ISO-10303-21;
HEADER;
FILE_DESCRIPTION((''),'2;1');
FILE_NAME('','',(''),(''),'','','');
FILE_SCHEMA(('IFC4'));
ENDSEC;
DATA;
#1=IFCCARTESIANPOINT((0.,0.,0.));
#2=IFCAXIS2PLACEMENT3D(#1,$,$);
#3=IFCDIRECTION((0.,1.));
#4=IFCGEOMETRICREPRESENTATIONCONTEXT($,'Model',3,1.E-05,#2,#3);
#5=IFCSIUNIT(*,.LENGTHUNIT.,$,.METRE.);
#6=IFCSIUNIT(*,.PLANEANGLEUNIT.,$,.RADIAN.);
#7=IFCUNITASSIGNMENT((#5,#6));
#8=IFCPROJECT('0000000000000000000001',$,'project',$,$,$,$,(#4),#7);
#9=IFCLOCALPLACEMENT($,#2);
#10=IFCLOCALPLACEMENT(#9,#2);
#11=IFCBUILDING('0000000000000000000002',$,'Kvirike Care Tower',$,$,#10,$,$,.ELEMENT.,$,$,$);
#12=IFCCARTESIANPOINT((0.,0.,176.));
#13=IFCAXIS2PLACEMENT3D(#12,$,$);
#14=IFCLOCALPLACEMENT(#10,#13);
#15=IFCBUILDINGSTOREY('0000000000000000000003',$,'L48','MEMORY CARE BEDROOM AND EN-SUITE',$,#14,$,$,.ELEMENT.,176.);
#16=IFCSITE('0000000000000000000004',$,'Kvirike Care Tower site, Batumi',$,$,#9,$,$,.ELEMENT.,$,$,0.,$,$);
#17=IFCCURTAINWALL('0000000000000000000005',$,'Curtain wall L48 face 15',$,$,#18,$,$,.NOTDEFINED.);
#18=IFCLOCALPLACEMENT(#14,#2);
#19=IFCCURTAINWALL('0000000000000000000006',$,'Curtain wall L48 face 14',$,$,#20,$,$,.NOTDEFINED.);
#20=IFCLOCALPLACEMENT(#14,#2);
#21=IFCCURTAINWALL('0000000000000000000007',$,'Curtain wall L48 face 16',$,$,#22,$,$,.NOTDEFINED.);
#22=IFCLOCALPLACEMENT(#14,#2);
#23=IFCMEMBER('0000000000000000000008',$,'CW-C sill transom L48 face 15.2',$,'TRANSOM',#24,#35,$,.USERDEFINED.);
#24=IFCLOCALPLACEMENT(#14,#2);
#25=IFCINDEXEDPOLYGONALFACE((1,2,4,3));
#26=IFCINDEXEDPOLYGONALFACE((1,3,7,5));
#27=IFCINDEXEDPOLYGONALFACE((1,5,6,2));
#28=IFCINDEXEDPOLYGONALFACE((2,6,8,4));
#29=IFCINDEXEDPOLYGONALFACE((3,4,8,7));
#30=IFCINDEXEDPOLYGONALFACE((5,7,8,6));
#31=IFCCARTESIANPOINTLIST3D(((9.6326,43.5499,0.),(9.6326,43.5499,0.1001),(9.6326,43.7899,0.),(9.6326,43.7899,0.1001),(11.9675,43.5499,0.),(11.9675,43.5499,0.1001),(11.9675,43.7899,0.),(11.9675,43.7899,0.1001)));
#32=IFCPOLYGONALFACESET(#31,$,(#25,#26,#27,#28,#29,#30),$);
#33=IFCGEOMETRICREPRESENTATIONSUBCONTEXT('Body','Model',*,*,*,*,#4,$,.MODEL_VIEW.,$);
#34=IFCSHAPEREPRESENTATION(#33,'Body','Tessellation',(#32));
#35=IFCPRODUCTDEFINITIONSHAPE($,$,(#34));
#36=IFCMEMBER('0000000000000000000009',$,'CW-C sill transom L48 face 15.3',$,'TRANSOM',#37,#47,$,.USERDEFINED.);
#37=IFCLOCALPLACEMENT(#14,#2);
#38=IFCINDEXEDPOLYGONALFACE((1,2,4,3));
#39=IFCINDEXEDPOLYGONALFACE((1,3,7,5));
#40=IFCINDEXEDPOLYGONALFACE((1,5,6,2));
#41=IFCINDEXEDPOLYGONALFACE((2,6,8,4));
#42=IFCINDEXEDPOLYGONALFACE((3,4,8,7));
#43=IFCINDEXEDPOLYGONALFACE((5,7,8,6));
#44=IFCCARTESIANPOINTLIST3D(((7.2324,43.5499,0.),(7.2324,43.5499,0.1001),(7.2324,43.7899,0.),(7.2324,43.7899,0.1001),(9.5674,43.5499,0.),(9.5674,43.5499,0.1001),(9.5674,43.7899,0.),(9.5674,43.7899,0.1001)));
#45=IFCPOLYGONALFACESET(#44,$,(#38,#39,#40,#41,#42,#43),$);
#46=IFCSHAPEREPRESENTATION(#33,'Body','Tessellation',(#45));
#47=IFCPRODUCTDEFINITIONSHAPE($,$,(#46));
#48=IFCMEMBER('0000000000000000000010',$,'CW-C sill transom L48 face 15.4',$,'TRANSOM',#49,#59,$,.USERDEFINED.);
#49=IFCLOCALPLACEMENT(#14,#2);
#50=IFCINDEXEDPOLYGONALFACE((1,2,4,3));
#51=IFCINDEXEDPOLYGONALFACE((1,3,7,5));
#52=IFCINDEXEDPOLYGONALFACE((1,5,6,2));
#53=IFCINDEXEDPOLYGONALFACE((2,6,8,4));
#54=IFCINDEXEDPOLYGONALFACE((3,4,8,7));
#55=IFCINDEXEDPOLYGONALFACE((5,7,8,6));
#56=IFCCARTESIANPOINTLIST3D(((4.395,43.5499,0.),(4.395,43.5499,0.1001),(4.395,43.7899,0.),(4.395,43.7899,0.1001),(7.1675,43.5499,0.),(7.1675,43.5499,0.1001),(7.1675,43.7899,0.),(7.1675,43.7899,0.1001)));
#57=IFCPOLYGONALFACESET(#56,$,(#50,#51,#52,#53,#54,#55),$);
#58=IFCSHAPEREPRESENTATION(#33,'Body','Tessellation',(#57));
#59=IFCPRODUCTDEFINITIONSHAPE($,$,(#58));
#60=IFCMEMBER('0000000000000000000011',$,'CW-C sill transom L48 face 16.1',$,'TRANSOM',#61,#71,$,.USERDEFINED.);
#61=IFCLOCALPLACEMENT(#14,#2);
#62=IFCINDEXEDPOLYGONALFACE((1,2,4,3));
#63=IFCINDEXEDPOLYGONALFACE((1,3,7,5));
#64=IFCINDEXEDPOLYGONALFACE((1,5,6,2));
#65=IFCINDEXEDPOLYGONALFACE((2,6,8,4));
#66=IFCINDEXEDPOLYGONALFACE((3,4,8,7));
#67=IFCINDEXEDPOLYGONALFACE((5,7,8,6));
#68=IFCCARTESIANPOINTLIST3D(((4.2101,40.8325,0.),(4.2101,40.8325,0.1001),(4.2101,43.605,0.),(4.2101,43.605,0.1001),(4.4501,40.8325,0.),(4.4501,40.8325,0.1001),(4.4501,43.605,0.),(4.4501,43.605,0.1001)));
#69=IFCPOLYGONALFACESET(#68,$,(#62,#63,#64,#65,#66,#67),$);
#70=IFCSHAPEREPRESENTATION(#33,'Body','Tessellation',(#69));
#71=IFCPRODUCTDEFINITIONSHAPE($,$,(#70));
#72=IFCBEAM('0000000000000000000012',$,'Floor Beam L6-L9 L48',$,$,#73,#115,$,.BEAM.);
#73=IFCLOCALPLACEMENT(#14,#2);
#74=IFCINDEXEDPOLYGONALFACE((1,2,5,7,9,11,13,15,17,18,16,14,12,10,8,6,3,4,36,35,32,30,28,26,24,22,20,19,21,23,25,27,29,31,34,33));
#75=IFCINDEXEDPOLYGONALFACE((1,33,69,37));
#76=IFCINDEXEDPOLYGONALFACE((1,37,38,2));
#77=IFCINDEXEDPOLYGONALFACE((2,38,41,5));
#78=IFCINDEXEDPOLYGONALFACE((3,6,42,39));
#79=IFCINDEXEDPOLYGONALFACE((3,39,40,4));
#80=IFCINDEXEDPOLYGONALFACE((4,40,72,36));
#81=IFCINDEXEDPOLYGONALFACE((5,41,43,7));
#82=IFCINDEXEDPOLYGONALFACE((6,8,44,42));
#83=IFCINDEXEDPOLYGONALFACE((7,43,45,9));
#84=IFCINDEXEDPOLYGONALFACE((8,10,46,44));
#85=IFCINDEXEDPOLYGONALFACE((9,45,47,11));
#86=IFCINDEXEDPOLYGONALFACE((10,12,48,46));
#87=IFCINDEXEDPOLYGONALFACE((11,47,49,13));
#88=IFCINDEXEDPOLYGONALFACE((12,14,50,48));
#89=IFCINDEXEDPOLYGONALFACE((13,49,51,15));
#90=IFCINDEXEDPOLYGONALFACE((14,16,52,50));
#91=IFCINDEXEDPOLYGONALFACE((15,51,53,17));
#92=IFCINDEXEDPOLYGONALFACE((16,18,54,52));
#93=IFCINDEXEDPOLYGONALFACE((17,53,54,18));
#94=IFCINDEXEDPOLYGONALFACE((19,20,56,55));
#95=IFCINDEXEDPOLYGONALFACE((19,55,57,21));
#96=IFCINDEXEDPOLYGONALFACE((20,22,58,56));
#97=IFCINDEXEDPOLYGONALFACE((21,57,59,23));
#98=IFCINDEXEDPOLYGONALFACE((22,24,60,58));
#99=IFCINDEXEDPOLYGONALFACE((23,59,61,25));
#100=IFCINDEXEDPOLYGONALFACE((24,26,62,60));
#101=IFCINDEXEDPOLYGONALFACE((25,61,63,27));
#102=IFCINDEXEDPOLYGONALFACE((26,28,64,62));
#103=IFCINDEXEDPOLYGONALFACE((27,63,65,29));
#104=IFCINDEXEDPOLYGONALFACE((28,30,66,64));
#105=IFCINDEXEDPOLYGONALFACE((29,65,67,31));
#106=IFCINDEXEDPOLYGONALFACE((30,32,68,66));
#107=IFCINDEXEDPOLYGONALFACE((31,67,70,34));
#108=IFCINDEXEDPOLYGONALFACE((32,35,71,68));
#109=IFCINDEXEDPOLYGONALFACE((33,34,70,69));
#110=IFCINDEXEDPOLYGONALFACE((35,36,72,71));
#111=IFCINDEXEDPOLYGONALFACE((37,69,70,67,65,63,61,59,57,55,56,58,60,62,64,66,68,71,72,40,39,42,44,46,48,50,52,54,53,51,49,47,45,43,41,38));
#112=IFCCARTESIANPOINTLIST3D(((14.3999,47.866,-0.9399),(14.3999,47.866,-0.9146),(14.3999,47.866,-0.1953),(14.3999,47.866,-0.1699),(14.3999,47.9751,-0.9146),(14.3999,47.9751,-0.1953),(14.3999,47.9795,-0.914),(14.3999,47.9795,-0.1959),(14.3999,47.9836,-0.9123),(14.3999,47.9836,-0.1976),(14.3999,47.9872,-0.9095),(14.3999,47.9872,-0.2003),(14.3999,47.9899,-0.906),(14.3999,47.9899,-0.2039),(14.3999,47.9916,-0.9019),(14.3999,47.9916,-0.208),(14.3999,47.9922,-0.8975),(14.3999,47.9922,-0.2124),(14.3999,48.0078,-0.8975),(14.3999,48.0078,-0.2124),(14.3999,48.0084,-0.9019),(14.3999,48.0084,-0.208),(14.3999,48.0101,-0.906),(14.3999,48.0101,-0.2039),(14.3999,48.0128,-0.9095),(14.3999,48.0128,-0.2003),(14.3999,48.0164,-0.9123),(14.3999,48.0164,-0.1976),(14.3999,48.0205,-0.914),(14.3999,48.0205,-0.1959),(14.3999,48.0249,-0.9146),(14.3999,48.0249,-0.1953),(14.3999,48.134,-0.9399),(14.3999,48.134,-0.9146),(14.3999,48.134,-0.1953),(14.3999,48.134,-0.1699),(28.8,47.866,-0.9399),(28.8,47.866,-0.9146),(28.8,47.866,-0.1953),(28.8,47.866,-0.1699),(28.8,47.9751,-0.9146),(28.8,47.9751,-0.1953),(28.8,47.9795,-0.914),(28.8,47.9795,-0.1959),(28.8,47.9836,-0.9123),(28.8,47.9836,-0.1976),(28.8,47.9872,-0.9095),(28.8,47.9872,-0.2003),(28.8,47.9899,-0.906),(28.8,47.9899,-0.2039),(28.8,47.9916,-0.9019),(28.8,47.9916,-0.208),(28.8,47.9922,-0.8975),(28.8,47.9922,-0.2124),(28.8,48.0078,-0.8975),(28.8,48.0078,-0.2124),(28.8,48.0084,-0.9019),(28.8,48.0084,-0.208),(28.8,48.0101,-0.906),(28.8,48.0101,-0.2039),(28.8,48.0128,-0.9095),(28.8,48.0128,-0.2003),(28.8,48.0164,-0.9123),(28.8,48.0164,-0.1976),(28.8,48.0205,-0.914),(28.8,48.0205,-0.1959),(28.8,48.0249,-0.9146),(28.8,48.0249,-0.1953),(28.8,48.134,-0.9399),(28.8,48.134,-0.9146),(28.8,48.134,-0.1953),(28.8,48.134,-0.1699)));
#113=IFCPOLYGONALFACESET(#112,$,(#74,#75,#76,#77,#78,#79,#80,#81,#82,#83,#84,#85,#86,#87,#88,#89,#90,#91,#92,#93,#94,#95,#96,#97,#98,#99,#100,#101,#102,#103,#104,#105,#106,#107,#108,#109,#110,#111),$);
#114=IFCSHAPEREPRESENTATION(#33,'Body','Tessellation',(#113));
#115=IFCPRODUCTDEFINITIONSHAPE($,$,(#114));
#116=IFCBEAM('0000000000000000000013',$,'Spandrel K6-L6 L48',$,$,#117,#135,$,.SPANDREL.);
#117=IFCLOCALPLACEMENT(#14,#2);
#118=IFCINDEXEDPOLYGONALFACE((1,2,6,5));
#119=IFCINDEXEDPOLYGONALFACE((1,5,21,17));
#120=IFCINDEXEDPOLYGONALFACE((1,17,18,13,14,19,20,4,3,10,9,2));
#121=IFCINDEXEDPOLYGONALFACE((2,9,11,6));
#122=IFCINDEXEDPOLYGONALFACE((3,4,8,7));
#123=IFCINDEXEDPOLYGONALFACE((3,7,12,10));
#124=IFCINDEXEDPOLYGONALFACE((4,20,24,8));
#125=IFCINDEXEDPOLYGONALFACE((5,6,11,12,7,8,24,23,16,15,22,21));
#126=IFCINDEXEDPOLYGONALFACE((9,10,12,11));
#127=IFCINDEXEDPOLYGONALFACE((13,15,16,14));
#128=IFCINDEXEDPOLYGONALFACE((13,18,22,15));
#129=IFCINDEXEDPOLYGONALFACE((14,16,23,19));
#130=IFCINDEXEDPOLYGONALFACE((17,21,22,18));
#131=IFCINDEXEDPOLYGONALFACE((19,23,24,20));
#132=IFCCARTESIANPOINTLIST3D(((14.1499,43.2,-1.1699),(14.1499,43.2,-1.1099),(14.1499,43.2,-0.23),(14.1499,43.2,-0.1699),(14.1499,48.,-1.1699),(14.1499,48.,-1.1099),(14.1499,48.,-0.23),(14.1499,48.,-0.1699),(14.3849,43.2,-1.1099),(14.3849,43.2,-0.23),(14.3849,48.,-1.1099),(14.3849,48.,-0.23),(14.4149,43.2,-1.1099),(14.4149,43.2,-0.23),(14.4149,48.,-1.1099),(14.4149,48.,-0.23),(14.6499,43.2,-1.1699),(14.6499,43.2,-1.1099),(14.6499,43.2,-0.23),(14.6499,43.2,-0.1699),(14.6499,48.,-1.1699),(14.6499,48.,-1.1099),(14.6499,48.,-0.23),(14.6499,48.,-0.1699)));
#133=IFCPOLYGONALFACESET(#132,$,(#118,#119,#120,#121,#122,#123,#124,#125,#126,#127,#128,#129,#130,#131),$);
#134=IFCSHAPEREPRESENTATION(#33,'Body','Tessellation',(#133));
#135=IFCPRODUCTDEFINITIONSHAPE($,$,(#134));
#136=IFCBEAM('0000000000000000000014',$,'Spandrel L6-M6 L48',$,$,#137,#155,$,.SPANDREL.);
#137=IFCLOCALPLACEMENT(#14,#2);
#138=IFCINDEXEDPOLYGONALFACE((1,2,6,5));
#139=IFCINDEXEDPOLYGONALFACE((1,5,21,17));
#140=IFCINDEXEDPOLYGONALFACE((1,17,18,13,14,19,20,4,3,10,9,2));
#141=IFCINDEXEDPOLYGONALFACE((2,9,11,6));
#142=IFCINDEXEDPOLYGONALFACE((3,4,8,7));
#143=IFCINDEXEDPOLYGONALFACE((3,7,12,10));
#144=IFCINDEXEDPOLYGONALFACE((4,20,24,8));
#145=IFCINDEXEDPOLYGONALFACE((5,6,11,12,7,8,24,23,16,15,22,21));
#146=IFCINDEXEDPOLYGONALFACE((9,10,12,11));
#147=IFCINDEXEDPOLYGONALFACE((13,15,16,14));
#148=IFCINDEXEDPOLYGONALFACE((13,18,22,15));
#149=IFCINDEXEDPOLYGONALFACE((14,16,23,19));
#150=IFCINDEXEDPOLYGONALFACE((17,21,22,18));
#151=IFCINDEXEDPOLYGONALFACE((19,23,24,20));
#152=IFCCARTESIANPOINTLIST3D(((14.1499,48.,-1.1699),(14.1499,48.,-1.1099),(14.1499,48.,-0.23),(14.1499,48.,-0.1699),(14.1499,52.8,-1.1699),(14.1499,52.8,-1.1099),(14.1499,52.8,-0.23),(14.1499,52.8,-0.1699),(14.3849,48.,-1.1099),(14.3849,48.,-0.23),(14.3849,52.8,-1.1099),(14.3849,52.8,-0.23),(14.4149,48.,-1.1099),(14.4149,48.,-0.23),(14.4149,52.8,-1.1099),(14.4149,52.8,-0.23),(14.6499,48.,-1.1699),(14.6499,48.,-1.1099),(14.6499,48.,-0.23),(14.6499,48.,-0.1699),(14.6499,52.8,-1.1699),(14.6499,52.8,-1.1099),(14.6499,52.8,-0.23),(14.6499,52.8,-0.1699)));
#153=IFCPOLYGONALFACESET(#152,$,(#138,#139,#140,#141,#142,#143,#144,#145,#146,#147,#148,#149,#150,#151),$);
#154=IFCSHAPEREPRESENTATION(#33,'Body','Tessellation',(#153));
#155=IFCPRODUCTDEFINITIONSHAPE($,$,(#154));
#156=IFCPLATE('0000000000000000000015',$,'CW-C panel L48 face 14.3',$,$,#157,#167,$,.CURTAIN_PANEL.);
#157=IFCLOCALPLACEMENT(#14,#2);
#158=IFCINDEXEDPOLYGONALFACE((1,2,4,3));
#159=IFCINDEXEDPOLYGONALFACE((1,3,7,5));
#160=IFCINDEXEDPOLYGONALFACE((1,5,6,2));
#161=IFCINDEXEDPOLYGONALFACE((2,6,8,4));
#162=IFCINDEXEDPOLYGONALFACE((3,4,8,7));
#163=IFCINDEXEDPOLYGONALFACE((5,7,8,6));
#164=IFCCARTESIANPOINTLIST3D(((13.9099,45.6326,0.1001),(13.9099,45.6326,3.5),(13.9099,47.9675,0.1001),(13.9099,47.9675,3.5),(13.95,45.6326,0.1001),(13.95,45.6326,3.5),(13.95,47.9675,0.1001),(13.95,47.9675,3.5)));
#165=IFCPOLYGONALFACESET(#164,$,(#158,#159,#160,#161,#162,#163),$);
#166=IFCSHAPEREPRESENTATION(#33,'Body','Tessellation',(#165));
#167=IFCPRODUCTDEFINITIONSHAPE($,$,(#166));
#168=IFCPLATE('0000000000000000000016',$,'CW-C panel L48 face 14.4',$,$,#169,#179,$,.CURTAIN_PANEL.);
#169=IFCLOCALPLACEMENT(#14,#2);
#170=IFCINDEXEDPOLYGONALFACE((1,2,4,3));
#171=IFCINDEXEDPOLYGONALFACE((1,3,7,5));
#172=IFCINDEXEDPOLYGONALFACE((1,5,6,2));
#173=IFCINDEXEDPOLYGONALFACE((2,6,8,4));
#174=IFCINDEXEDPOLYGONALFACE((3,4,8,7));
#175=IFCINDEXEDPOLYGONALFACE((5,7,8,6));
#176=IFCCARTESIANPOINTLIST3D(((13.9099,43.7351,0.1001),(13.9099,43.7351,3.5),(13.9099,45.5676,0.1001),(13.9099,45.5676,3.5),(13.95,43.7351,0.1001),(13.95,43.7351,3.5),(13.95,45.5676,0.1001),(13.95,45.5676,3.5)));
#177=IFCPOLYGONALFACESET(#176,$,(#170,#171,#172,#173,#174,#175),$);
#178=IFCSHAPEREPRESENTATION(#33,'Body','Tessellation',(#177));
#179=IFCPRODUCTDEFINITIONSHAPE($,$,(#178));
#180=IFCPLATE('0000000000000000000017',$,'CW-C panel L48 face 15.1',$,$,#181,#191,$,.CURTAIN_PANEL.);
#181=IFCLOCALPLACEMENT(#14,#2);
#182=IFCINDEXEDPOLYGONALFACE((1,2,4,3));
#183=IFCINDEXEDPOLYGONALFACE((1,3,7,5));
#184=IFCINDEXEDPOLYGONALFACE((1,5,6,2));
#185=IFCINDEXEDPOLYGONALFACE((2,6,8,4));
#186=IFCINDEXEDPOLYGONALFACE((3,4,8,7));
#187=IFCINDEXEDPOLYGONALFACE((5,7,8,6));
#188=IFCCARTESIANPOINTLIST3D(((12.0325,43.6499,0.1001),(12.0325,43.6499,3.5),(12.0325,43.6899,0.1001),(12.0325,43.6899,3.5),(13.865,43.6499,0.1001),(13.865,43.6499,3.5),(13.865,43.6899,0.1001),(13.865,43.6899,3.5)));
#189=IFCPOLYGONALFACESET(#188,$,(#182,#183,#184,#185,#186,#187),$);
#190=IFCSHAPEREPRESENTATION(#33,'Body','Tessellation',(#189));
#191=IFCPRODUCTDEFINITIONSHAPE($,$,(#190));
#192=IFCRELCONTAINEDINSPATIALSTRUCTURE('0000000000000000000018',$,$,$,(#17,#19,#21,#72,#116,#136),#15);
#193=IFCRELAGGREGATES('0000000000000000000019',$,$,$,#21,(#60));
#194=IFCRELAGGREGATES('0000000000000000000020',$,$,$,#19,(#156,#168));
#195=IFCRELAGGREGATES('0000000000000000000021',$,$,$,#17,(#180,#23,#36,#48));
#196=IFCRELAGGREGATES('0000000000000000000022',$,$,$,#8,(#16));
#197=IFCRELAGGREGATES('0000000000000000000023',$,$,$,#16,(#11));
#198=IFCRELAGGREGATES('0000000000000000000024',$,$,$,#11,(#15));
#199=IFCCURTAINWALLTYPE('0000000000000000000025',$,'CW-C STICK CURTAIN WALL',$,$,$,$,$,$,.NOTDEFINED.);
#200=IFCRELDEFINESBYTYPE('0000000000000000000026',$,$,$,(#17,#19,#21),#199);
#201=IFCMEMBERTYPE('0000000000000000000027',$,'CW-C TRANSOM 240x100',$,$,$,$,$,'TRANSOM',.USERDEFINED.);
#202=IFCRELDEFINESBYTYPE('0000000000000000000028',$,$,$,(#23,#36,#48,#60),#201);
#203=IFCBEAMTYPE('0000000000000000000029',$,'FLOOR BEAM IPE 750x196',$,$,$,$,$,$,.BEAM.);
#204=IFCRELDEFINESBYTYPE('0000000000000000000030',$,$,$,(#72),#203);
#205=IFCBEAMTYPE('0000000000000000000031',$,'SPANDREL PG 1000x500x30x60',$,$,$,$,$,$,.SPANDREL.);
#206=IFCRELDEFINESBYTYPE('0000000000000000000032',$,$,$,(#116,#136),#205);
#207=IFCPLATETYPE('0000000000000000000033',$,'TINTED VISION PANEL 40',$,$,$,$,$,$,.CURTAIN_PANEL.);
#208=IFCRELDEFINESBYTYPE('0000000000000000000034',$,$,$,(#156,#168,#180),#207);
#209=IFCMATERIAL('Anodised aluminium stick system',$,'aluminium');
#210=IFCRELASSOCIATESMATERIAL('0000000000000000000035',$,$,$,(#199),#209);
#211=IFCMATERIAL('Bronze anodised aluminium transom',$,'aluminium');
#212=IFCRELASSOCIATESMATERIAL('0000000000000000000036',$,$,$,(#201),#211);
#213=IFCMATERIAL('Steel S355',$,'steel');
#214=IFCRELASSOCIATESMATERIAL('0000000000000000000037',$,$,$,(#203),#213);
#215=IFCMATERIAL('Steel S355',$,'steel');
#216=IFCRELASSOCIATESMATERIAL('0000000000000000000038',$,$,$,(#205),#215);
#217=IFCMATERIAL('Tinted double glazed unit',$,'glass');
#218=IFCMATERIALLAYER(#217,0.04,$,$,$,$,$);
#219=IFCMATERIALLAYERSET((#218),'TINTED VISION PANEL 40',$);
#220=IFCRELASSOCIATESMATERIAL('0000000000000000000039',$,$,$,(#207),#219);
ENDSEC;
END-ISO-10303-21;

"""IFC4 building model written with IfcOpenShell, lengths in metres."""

from ifc_helpers import new_model, si_unit, direction, frame, origin, origin_2d, place, context, subcontext, project, spatial, rectangle, i_section, extrude, material, layer, layer_set, material_profile, profile_set, type_object, element, aggregate, save


model = new_model("IFC4")

# Units and contexts
model_context = context("Model", 3, precision=1e-05, world=origin(), true_north=direction((0.0, 1.0)))
body_context = subcontext(model_context, "Body", "Model", "MODEL_VIEW")
ifc_project = project(units=[si_unit("LENGTHUNIT", "METRE"), si_unit("PLANEANGLEUNIT", "RADIAN")], contexts=[model_context])

# Site, building, storey
site_placement = place(None, origin())
site = spatial("IfcSite", under=ifc_project, at=site_placement, Name="Kvirike Care Tower site, Batumi", CompositionType="ELEMENT", RefElevation=0.0)
building_placement = place(site_placement, origin())
building = spatial("IfcBuilding", under=site, at=building_placement, Name="Kvirike Care Tower", CompositionType="ELEMENT")
storey_placement = place(building_placement, frame((0.0, 0.0, 176.0)))
storey = spatial("IfcBuildingStorey", under=building, at=storey_placement, Name="L48", Description="MEMORY CARE BEDROOM AND EN-SUITE", CompositionType="ELEMENT", Elevation=176.0)

# Curtain wall
ifc_material_1 = material(Name="Anodised aluminium stick system", Category="aluminium")
curtain_wall_type = type_object("IfcCurtainWallType", Name="CW-C STICK CURTAIN WALL", PredefinedType="NOTDEFINED", material=ifc_material_1)
curtain_wall_1_placement = place(storey_placement, origin())
curtain_wall_1 = element("IfcCurtainWall", 1, at=curtain_wall_1_placement, inside=storey, type_object=curtain_wall_type, Name="Curtain wall L48 face 15", PredefinedType="NOTDEFINED")

# Curtain wall
curtain_wall_2_placement = place(storey_placement, origin())
curtain_wall_2 = element("IfcCurtainWall", 2, at=curtain_wall_2_placement, inside=storey, type_object=curtain_wall_type, Name="Curtain wall L48 face 14", PredefinedType="NOTDEFINED")

# Curtain wall
curtain_wall_3_placement = place(storey_placement, origin())
curtain_wall_3 = element("IfcCurtainWall", 3, at=curtain_wall_3_placement, inside=storey, type_object=curtain_wall_type, Name="Curtain wall L48 face 16", PredefinedType="NOTDEFINED")

# Members
ifc_material_2 = material(Name="Bronze anodised aluminium transom", Category="aluminium")
ifc_material_profile_1 = material_profile(ifc_material_2, rectangle(XDim=0.24, YDim=0.1001, at=origin_2d()), Name="CW-C TRANSOM 240x100")
ifc_profile_set_1 = profile_set([ifc_material_profile_1], Name="Bronze anodised aluminium transom")
member_type_1 = type_object("IfcMemberType", Name="CW-C TRANSOM 240x100", ElementType="TRANSOM", PredefinedType="USERDEFINED", material=ifc_profile_set_1)
member_1_placement = place(storey_placement, frame((11.9675, 43.6699, 0.05), z_axis=(-1.0, 0.0, 0.0), x_axis=(0.0, -1.0, 0.0)))
member_1 = element("IfcMember", 4, at=member_1_placement, type_object=member_type_1, Name="CW-C sill transom L48 face 15.2", ObjectType="TRANSOM", PredefinedType="USERDEFINED", context=body_context, shape_type="SweptSolid", body=[
    extrude(rectangle(XDim=0.24, YDim=0.1001, at=origin_2d()), origin(), (0.0, 0.0, 1.0), 2.335),
])
member_2_placement = place(storey_placement, frame((9.5674, 43.6699, 0.05), z_axis=(-1.0, 0.0, 0.0), x_axis=(0.0, -1.0, 0.0)))
member_2 = element("IfcMember", 5, at=member_2_placement, type_object=member_type_1, Name="CW-C sill transom L48 face 15.3", ObjectType="TRANSOM", PredefinedType="USERDEFINED", context=body_context, shape_type="SweptSolid", body=[
    extrude(rectangle(XDim=0.24, YDim=0.1001, at=origin_2d()), origin(), (0.0, 0.0, 1.0), 2.335),
])
member_3_placement = place(storey_placement, frame((7.1675, 43.6699, 0.05), z_axis=(-1.0, 0.0, 0.0), x_axis=(0.0, -1.0, 0.0)))
member_3 = element("IfcMember", 6, at=member_3_placement, type_object=member_type_1, Name="CW-C sill transom L48 face 15.4", ObjectType="TRANSOM", PredefinedType="USERDEFINED", context=body_context, shape_type="SweptSolid", body=[
    extrude(rectangle(XDim=0.24, YDim=0.1001, at=origin_2d()), origin(), (0.0, 0.0, 1.0), 2.7725),
])
member_4_placement = place(storey_placement, frame((4.3301, 43.605, 0.05), z_axis=(0.0, -1.0, 0.0), x_axis=(1.0, 0.0, 0.0)))
member_4 = element("IfcMember", 7, at=member_4_placement, type_object=member_type_1, Name="CW-C sill transom L48 face 16.1", ObjectType="TRANSOM", PredefinedType="USERDEFINED", context=body_context, shape_type="SweptSolid", body=[
    extrude(rectangle(XDim=0.24, YDim=0.1001, at=origin_2d()), origin(), (0.0, 0.0, 1.0), 2.7725),
])
aggregate(curtain_wall_3, [member_4])

# Beams
ifc_material_3 = material(Name="Steel S355", Category="steel")
ifc_material_profile_2 = material_profile(ifc_material_3, i_section(OverallWidth=0.2681, OverallDepth=0.77, WebThickness=0.0156, FlangeThickness=0.0254, FilletRadius=0.0171, at=origin_2d()), Name="IPE 750x196")
ifc_profile_set_2 = profile_set([ifc_material_profile_2], Name="Steel S355")
beam_type_1 = type_object("IfcBeamType", Name="FLOOR BEAM IPE 750x196", PredefinedType="BEAM", material=ifc_profile_set_2)
beam_placement = place(storey_placement, frame((14.3999, 48.0, -0.5549), z_axis=(1.0, 0.0, 0.0), x_axis=(0.0, 1.0, 0.0)))
element("IfcBeam", 8, at=beam_placement, inside=storey, type_object=beam_type_1, Name="Floor Beam L6-L9 L48", PredefinedType="BEAM", context=body_context, shape_type="SweptSolid", body=[
    extrude(i_section(OverallWidth=0.2681, OverallDepth=0.77, WebThickness=0.0156, FlangeThickness=0.0254, FilletRadius=0.0171, at=origin_2d()), origin(), (0.0, 0.0, 1.0), 14.4001),
])
ifc_material_4 = material(Name="Steel S355", Category="steel")
ifc_material_profile_3 = material_profile(ifc_material_4, i_section(OverallWidth=0.5, OverallDepth=1.0, WebThickness=0.03, FlangeThickness=0.0601, at=origin_2d()), Name="PG 1000x500x30x60")
ifc_profile_set_3 = profile_set([ifc_material_profile_3], Name="Steel S355")
beam_type_2 = type_object("IfcBeamType", Name="SPANDREL PG 1000x500x30x60", PredefinedType="SPANDREL", material=ifc_profile_set_3)
for number, where, z_axis, x_axis, name in (
    (9, (14.3999, 43.2, -0.6699), (0.0, 1.0, 0.0), (-1.0, 0.0, 0.0), "Spandrel K6-L6 L48"),
    (10, (14.3999, 48.0, -0.6699), (0.0, 1.0, 0.0), (-1.0, 0.0, 0.0), "Spandrel L6-M6 L48"),
):
    element("IfcBeam", number, at=place(storey_placement, frame(where, z_axis=z_axis, x_axis=x_axis)), inside=storey, type_object=beam_type_2, Name=name, PredefinedType="SPANDREL", context=body_context, shape_type="SweptSolid", body=[
        extrude(i_section(OverallWidth=0.5, OverallDepth=1.0, WebThickness=0.03, FlangeThickness=0.0601, at=origin_2d()), origin(), (0.0, 0.0, 1.0), 4.8),
    ])

# Plates
ifc_material_5 = material(Name="Tinted double glazed unit", Category="glass")
ifc_layer_1 = layer(ifc_material_5, 0.04)
ifc_layer_set_1 = layer_set([ifc_layer_1], Name="TINTED VISION PANEL 40")
plate_type = type_object("IfcPlateType", Name="TINTED VISION PANEL 40", PredefinedType="CURTAIN_PANEL", material=ifc_layer_set_1)
plate_1_placement = place(storey_placement, frame((13.9299, 46.8, 0.1001), z_axis=(0.0, 0.0, 1.0), x_axis=(0.0, -1.0, 0.0)))
plate_1 = element("IfcPlate", 11, at=plate_1_placement, type_object=plate_type, Name="CW-C panel L48 face 14.3", PredefinedType="CURTAIN_PANEL", context=body_context, shape_type="SweptSolid", body=[
    extrude(rectangle(XDim=2.335, YDim=0.04, at=origin_2d()), origin(), (0.0, 0.0, 1.0), 3.3999),
])
plate_2_placement = place(storey_placement, frame((13.9299, 44.6514, 0.1001), z_axis=(0.0, 0.0, 1.0), x_axis=(0.0, -1.0, 0.0)))
plate_2 = element("IfcPlate", 12, at=plate_2_placement, type_object=plate_type, Name="CW-C panel L48 face 14.4", PredefinedType="CURTAIN_PANEL", context=body_context, shape_type="SweptSolid", body=[
    extrude(rectangle(XDim=1.8325, YDim=0.04, at=origin_2d()), origin(), (0.0, 0.0, 1.0), 3.3999),
])
aggregate(curtain_wall_2, [plate_1, plate_2])
plate_3_placement = place(storey_placement, frame((12.9487, 43.6699, 0.1001), z_axis=(0.0, 0.0, 1.0), x_axis=(-1.0, 0.0, 0.0)))
plate_3 = element("IfcPlate", 13, at=plate_3_placement, type_object=plate_type, Name="CW-C panel L48 face 15.1", PredefinedType="CURTAIN_PANEL", context=body_context, shape_type="SweptSolid", body=[
    extrude(rectangle(XDim=1.8325, YDim=0.04, at=origin_2d()), origin(), (0.0, 0.0, 1.0), 3.3999),
])
aggregate(curtain_wall_1, [plate_3, member_1, member_2, member_3])

save(model, "model.ifc")
